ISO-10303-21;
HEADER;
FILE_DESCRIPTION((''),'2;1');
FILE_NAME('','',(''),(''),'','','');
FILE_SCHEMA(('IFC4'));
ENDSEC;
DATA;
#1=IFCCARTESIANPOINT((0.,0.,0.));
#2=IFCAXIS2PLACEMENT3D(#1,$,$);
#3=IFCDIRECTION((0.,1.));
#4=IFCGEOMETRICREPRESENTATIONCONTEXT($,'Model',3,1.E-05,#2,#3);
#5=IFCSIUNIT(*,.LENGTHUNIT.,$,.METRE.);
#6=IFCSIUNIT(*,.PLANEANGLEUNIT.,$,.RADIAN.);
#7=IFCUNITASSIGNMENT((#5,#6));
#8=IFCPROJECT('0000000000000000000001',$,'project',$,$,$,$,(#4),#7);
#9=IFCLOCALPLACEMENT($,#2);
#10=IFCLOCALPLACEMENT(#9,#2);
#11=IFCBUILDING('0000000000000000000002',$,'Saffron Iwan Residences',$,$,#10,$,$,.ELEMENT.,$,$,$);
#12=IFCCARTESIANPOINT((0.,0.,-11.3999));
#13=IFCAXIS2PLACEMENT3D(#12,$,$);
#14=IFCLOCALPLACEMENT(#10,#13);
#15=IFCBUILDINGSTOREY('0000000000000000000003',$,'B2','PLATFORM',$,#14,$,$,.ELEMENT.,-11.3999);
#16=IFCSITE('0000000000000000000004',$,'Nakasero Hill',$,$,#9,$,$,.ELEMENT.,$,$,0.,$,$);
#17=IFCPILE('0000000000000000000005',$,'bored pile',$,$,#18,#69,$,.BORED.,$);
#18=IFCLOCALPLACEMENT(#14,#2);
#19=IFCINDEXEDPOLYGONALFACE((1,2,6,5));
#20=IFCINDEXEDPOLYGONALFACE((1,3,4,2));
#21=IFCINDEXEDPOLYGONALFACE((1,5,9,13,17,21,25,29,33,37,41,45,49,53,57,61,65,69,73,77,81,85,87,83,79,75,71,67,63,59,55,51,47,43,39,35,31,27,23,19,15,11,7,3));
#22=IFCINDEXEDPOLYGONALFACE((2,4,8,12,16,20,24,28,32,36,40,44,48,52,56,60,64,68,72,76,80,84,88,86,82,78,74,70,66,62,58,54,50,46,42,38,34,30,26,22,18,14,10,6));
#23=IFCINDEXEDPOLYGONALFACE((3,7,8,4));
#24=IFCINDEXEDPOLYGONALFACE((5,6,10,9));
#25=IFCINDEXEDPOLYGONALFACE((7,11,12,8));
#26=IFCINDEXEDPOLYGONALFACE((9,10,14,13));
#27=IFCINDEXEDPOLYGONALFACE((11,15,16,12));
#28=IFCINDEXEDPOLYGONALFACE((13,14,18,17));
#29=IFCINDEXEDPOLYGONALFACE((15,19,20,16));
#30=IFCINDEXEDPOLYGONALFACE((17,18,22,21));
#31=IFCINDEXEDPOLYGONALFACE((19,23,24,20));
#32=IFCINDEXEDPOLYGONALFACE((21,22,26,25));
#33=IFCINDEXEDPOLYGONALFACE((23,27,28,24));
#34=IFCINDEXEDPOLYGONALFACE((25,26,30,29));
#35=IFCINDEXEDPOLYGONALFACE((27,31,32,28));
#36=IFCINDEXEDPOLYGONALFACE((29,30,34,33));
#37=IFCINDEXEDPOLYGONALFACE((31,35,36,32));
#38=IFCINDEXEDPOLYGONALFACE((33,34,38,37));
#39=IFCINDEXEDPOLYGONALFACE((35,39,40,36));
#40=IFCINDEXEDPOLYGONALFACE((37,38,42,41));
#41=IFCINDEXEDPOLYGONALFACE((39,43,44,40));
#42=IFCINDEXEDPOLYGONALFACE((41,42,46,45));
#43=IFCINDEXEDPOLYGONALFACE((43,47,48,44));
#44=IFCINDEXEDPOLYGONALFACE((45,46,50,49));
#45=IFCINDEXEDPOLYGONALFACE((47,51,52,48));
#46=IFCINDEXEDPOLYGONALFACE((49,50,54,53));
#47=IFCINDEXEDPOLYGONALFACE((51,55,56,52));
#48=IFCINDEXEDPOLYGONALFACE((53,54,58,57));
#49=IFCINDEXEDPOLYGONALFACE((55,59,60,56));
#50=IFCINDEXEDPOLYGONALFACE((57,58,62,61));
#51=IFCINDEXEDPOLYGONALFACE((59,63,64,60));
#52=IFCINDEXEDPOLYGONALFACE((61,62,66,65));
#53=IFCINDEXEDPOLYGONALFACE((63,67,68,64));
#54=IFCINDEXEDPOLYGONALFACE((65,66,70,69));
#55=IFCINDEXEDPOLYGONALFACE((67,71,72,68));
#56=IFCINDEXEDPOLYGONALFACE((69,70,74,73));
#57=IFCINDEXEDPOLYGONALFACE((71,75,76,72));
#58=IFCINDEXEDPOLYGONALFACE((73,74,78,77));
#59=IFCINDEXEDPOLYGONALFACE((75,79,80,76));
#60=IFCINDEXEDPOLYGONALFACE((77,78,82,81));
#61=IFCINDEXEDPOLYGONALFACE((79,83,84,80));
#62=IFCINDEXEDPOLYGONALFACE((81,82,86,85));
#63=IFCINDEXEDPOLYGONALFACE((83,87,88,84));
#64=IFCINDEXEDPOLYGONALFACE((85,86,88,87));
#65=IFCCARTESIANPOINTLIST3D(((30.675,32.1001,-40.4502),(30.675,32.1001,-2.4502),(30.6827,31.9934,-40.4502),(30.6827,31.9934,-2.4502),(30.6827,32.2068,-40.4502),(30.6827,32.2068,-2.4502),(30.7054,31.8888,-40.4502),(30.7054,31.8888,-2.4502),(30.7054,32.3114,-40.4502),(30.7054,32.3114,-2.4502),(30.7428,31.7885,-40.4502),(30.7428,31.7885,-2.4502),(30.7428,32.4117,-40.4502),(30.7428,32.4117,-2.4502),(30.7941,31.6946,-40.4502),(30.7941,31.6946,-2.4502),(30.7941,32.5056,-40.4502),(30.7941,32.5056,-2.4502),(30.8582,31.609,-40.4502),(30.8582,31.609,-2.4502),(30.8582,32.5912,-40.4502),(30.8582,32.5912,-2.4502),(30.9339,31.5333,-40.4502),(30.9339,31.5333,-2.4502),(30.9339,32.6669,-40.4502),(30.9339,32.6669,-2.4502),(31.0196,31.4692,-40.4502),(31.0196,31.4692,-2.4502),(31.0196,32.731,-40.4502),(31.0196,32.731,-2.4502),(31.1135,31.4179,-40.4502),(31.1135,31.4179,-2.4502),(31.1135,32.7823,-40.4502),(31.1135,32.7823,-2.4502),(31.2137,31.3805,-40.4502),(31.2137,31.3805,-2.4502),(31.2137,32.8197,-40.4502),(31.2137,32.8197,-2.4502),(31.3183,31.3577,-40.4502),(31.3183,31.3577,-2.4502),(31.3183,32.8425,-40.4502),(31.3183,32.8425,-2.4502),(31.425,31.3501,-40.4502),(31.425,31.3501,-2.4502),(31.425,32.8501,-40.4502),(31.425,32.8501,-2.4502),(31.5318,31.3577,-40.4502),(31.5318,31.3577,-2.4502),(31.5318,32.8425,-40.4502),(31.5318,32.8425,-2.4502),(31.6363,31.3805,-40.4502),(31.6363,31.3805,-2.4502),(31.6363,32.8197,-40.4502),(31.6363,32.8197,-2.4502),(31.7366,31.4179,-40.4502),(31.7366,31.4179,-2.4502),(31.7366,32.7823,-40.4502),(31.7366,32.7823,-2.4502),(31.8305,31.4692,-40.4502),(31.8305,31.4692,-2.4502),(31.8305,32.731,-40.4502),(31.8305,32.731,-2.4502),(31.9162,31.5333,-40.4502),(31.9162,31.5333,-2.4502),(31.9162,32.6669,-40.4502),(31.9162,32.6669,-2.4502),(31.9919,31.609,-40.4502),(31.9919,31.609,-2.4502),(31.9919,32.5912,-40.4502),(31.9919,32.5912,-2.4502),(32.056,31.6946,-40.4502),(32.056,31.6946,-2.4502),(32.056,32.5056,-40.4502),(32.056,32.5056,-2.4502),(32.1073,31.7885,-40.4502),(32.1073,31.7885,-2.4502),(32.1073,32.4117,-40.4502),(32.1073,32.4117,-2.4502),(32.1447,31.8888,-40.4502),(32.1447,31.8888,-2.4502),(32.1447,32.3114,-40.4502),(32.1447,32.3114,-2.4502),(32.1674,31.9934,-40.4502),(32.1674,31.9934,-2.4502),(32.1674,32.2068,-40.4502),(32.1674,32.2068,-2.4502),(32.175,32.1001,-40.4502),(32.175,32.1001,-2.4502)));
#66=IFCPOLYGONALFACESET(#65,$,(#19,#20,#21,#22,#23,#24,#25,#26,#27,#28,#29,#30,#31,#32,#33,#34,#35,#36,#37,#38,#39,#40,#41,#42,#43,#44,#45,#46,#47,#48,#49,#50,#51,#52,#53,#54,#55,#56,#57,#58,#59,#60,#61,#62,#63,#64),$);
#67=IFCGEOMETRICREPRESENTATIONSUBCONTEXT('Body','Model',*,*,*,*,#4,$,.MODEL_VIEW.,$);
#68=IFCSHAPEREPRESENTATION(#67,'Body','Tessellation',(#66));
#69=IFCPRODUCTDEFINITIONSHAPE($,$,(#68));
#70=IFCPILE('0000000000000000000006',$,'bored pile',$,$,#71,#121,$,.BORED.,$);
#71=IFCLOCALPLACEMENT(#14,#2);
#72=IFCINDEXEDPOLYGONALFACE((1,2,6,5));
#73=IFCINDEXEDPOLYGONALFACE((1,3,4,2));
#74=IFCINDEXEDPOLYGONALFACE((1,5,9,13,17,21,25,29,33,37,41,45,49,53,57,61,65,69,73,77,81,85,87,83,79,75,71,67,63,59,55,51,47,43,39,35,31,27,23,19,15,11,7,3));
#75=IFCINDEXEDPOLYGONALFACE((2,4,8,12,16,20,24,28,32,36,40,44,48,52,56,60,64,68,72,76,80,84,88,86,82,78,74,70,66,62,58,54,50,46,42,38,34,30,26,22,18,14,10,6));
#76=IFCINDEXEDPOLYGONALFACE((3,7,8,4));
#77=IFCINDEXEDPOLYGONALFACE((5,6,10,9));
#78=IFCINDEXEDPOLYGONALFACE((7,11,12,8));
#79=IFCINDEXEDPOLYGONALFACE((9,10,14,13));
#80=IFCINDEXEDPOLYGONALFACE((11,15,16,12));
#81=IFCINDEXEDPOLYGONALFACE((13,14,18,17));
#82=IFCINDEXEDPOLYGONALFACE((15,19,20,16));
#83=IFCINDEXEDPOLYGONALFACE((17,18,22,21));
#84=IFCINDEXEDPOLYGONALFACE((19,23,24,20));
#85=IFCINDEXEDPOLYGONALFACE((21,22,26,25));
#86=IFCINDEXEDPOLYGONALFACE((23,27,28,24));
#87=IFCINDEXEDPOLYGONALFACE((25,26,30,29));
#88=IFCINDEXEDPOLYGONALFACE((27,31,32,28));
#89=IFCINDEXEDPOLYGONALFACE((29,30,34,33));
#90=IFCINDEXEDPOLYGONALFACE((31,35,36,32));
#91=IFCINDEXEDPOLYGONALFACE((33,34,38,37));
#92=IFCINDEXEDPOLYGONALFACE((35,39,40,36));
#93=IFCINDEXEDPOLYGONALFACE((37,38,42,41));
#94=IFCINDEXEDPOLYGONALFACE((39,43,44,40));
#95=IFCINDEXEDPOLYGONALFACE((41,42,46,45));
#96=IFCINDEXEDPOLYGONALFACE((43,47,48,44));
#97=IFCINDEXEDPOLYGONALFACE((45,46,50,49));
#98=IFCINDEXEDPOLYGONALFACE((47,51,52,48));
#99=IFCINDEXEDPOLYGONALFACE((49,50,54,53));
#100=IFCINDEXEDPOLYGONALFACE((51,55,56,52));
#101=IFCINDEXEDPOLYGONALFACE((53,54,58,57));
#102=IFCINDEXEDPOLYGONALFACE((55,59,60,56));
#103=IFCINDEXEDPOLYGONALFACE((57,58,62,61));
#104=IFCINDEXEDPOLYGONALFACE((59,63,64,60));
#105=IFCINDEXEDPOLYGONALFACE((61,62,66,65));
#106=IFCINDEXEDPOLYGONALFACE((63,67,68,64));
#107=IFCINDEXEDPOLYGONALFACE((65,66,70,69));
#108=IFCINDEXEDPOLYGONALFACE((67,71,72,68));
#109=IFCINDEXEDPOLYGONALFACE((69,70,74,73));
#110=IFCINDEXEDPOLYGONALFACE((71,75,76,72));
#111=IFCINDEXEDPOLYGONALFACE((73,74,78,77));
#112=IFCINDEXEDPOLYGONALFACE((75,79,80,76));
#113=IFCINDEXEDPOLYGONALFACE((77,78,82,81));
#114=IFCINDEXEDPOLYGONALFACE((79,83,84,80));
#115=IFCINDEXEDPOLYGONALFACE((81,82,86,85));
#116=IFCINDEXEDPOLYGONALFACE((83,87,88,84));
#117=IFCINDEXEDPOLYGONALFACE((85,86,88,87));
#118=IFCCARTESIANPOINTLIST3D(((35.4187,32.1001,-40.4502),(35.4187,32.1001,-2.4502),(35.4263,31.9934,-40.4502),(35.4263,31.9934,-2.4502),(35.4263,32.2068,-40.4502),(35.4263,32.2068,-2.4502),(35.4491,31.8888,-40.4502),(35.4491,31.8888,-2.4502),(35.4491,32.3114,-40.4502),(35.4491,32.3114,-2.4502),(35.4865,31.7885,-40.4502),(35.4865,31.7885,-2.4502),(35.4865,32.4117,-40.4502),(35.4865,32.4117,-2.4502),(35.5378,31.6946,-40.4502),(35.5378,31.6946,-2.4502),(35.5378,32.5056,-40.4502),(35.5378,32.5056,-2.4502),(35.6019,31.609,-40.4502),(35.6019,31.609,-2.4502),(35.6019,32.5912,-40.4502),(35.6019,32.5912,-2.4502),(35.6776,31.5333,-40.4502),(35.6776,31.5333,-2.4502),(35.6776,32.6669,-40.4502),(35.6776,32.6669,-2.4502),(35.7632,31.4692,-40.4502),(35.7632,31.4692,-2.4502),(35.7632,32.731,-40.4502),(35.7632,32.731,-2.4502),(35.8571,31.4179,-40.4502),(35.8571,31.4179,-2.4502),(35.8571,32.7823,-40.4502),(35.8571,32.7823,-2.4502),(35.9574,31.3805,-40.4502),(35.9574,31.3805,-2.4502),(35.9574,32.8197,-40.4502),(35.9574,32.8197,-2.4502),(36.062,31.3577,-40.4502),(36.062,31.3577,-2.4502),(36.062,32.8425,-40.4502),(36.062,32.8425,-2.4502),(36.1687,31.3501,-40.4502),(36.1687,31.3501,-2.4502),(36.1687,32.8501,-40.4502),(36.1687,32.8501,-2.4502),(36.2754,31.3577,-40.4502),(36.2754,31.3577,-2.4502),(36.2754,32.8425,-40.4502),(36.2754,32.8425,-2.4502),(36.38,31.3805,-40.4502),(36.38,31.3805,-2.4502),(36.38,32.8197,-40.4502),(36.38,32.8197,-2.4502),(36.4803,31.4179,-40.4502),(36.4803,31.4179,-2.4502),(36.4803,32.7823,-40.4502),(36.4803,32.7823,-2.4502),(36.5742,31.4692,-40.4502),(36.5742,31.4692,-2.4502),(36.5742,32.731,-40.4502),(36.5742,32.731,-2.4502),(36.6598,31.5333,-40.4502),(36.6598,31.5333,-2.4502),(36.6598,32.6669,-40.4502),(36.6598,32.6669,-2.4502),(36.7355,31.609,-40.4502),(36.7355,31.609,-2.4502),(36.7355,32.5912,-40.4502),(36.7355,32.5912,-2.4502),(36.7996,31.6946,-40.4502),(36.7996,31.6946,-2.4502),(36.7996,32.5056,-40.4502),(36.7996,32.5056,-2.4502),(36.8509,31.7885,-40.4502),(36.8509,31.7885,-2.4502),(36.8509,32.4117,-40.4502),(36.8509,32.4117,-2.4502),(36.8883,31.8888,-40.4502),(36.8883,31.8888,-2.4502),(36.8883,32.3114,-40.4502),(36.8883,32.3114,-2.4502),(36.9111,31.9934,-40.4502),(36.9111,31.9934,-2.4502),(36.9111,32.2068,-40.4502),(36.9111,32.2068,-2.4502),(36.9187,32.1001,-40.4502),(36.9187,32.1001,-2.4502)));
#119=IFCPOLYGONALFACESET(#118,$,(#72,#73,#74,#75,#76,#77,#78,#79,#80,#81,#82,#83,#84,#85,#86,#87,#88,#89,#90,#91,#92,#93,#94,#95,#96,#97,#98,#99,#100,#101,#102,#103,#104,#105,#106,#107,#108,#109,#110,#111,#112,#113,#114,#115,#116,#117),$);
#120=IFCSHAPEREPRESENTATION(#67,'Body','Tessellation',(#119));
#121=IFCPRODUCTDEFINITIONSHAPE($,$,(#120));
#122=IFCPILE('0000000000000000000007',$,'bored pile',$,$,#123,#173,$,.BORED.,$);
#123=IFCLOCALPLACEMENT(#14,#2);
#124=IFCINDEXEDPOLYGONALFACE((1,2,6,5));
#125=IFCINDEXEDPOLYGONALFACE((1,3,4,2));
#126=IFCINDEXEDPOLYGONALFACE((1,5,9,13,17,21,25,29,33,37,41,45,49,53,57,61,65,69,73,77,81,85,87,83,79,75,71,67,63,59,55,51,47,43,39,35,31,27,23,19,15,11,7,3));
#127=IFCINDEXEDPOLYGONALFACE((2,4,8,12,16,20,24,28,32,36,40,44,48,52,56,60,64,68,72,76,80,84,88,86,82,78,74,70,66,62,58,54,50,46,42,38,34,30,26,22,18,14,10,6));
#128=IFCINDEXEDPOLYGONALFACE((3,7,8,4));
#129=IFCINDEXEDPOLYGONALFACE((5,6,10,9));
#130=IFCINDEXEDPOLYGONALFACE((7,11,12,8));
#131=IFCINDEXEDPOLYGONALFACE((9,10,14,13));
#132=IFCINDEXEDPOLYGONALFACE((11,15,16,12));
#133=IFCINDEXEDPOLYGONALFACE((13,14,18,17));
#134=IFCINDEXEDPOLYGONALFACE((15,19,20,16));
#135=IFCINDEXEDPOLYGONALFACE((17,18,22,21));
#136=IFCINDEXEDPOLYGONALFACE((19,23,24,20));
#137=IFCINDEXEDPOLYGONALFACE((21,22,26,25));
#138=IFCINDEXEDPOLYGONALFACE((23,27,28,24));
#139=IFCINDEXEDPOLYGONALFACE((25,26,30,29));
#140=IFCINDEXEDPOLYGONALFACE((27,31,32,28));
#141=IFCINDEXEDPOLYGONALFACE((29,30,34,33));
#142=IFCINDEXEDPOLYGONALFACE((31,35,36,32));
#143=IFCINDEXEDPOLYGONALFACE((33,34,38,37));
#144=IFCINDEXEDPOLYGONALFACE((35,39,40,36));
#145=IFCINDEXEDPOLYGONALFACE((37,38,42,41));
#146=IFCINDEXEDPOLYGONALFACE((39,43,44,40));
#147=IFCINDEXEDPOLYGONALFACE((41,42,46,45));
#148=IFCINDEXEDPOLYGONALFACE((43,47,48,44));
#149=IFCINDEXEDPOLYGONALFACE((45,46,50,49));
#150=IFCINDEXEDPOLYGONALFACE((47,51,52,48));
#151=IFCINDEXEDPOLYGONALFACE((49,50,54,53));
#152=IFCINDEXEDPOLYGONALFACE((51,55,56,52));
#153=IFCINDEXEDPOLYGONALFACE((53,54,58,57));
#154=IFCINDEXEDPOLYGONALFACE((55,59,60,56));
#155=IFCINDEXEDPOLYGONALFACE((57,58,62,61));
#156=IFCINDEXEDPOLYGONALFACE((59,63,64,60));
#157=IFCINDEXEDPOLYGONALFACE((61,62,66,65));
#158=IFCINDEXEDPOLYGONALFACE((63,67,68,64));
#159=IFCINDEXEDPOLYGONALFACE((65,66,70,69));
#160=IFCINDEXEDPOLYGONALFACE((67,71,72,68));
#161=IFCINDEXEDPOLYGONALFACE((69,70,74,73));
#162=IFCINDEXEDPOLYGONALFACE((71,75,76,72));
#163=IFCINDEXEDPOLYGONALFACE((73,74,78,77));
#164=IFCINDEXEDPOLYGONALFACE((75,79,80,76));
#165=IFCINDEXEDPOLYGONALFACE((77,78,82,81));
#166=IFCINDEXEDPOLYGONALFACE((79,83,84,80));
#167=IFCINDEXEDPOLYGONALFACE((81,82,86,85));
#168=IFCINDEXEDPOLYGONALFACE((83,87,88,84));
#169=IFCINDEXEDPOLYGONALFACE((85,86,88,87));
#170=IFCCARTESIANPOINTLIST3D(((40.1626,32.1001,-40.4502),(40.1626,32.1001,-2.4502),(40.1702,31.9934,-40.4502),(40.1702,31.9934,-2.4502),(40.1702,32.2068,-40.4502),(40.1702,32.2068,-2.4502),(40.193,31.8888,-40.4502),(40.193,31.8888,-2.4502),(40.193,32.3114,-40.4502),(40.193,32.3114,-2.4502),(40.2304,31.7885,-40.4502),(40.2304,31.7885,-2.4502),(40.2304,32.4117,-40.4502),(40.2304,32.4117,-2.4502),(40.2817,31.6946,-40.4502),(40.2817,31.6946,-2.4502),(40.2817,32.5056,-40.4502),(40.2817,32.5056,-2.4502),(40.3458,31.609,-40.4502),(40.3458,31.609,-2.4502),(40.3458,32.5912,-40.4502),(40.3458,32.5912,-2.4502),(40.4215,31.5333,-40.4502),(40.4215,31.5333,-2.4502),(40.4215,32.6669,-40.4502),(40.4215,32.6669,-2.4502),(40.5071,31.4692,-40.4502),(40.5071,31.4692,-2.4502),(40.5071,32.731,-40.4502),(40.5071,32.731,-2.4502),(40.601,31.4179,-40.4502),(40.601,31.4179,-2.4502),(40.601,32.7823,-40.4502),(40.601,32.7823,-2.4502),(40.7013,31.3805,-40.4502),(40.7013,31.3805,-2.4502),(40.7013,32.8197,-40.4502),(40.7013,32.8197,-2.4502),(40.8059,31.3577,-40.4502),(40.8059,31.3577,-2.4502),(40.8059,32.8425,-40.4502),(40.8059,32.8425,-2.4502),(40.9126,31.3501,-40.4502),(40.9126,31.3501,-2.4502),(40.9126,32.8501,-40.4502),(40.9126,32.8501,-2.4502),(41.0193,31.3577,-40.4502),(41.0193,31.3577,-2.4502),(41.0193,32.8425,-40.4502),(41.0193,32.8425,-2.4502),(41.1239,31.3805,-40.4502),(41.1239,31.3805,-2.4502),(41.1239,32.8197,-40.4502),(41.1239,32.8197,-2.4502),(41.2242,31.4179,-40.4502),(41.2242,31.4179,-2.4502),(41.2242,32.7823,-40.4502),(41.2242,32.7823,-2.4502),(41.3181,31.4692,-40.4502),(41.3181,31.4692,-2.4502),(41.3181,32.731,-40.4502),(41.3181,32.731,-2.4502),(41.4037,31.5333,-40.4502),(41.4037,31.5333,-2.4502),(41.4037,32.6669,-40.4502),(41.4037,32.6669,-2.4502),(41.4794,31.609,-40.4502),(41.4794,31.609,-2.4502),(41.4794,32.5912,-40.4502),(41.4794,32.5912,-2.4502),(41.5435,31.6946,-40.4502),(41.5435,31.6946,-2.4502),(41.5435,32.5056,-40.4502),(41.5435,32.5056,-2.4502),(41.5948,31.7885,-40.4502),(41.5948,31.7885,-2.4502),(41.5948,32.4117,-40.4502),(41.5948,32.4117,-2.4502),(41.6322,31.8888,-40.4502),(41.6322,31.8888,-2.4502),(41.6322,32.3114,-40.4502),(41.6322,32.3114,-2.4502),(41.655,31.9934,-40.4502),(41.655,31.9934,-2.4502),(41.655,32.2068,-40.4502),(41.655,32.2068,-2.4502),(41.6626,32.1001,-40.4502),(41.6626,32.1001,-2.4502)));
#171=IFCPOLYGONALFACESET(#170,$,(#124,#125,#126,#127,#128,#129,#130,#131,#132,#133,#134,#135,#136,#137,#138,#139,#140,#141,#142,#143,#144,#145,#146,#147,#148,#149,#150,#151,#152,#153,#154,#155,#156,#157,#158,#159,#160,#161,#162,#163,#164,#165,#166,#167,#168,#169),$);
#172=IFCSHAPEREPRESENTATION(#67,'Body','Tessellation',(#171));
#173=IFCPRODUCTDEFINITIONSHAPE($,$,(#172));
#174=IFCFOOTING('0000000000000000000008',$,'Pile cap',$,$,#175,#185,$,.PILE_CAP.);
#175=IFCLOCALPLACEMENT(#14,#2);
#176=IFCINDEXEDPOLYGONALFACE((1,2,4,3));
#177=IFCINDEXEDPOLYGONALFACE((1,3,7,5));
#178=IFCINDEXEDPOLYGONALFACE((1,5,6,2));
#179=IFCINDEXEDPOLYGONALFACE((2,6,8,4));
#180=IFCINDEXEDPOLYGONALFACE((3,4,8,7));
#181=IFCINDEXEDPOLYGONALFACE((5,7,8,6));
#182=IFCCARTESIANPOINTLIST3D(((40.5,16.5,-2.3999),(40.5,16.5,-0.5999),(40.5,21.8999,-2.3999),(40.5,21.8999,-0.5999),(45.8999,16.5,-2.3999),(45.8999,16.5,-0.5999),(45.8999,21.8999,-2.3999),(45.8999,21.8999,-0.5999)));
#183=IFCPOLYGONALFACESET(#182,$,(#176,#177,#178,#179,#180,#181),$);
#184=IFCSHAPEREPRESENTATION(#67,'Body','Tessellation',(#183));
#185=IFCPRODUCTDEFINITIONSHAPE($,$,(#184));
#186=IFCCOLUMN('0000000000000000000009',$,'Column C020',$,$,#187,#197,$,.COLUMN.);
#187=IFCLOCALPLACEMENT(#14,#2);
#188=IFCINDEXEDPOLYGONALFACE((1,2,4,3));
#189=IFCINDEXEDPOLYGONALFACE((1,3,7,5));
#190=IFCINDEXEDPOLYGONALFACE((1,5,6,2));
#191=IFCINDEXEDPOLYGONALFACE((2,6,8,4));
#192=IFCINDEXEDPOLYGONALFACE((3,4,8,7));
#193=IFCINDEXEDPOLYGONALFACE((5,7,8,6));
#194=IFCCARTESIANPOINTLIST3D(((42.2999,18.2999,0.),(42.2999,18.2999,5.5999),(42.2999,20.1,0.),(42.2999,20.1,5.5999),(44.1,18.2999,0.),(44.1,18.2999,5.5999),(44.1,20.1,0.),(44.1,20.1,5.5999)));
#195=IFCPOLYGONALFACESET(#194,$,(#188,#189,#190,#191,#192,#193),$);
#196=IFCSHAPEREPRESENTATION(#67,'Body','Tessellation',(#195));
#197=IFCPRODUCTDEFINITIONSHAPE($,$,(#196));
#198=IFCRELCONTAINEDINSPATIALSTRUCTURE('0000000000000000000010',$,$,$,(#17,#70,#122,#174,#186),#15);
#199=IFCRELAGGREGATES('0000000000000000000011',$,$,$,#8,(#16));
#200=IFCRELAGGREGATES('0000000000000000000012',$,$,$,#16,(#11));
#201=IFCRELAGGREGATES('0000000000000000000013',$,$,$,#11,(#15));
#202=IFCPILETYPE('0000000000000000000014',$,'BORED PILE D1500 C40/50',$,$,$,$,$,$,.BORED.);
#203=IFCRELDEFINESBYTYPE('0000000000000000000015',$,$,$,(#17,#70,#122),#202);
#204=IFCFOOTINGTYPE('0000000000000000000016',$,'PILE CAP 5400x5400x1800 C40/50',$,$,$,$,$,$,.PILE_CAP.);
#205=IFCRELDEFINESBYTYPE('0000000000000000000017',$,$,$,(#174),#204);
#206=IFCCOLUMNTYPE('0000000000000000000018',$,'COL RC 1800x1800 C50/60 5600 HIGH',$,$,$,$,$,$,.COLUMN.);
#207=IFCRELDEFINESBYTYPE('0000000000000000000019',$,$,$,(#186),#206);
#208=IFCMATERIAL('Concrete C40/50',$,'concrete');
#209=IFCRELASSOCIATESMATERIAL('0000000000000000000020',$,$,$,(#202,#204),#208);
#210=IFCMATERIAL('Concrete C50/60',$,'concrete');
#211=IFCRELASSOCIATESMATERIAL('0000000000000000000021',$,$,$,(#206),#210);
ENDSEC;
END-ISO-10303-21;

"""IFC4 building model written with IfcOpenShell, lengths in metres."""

from ifc_helpers import new_model, si_unit, direction, frame, origin, origin_2d, place, context, subcontext, project, spatial, rectangle, circle, extrude, source, transform, mapped, material, material_profile, profile_set, type_object, element, save


model = new_model("IFC4")

# Units and contexts
model_context = context("Model", 3, precision=1e-05, world=origin(), true_north=direction((0.0, 1.0)))
body_context = subcontext(model_context, "Body", "Model", "MODEL_VIEW")
ifc_project = project(units=[si_unit("LENGTHUNIT", "METRE"), si_unit("PLANEANGLEUNIT", "RADIAN")], contexts=[model_context])

# Site, building, storey
site_placement = place(None, origin())
site = spatial("IfcSite", under=ifc_project, at=site_placement, Name="Nakasero Hill", CompositionType="ELEMENT", RefElevation=0.0)
building_placement = place(site_placement, origin())
building = spatial("IfcBuilding", under=site, at=building_placement, Name="Saffron Iwan Residences", CompositionType="ELEMENT")
storey_placement = place(building_placement, frame((0.0, 0.0, -11.3999)))
storey = spatial("IfcBuildingStorey", under=building, at=storey_placement, Name="B2", Description="PLATFORM", CompositionType="ELEMENT", Elevation=-11.3999)

# Piles
ifc_material_1 = material(Name="Concrete C40/50", Category="concrete")
ifc_material_profile_1 = material_profile(ifc_material_1, circle(Radius=0.75, at=origin_2d()), Name="RC D1500")
ifc_profile_set_1 = profile_set([ifc_material_profile_1], Name="Concrete C40/50")
pile_type_1 = type_object("IfcPileType", Name="BORED PILE D1500 C40/50", PredefinedType="BORED", material=ifc_profile_set_1)
for number, where, z_axis, x_axis, name in (
    (1, (31.425, 32.1001, -2.4502), (0.0, 0.0, -1.0), (1.0, 0.0, 0.0), "bored pile"),
    (2, (36.1687, 32.1001, -2.4502), (0.0, 0.0, -1.0), (1.0, 0.0, 0.0), "bored pile"),
    (3, (40.9126, 32.1001, -2.4502), (0.0, 0.0, -1.0), (1.0, 0.0, 0.0), "bored pile"),
):
    element("IfcPile", number, at=place(storey_placement, frame(where, z_axis=z_axis, x_axis=x_axis)), inside=storey, type_object=pile_type_1, Name=name, PredefinedType="BORED", context=body_context, shape_type="SweptSolid", body=[
        extrude(circle(Radius=0.75, at=origin_2d()), origin(), (0.0, 0.0, 1.0), 38.0),
    ])

# Footing
footing_type = type_object("IfcFootingType", Name="PILE CAP 5400x5400x1800 C40/50", PredefinedType="PILE_CAP", material=ifc_material_1)
shared_shape_1 = source(origin(), body_context, "Body", "SweptSolid", [
    extrude(rectangle(XDim=5.3999, YDim=5.3999, at=origin_2d()), origin(), (0.0, 0.0, 1.0), 1.8),
])
footing_placement = place(storey_placement, frame((43.2, 19.2, -2.3999), z_axis=(0.0, 0.0, 1.0), x_axis=(1.0, 0.0, 0.0)))
element("IfcFooting", 4, at=footing_placement, inside=storey, type_object=footing_type, Name="Pile cap", PredefinedType="PILE_CAP", context=body_context, shape_type="MappedRepresentation", body=[
    mapped(shared_shape_1, transform((0.0, 0.0, 0.0))),
])

# Column
ifc_material_2 = material(Name="Concrete C50/60", Category="concrete")
ifc_material_profile_2 = material_profile(ifc_material_2, rectangle(XDim=1.8, YDim=1.8, at=origin_2d()), Name="RC 1800x1800")
ifc_profile_set_2 = profile_set([ifc_material_profile_2], Name="Concrete C50/60")
column_type = type_object("IfcColumnType", Name="COL RC 1800x1800 C50/60 5600 HIGH", PredefinedType="COLUMN", material=ifc_profile_set_2)
shared_shape_2 = source(origin(), body_context, "Body", "SweptSolid", [
    extrude(rectangle(XDim=1.8, YDim=1.8, at=origin_2d()), origin(), (0.0, 0.0, 1.0), 5.5999),
])
for number, where, z_axis, x_axis, name in (
    (5, (43.2, 19.2, 0.0), (0.0, 0.0, 1.0), (1.0, 0.0, 0.0), "Column C020"),
):
    element("IfcColumn", number, at=place(storey_placement, frame(where, z_axis=z_axis, x_axis=x_axis)), inside=storey, type_object=column_type, Name=name, PredefinedType="COLUMN", context=body_context, shape_type="MappedRepresentation", body=[
        mapped(shared_shape_2, transform((0.0, 0.0, 0.0))),
    ])

save(model, "model.ifc")
